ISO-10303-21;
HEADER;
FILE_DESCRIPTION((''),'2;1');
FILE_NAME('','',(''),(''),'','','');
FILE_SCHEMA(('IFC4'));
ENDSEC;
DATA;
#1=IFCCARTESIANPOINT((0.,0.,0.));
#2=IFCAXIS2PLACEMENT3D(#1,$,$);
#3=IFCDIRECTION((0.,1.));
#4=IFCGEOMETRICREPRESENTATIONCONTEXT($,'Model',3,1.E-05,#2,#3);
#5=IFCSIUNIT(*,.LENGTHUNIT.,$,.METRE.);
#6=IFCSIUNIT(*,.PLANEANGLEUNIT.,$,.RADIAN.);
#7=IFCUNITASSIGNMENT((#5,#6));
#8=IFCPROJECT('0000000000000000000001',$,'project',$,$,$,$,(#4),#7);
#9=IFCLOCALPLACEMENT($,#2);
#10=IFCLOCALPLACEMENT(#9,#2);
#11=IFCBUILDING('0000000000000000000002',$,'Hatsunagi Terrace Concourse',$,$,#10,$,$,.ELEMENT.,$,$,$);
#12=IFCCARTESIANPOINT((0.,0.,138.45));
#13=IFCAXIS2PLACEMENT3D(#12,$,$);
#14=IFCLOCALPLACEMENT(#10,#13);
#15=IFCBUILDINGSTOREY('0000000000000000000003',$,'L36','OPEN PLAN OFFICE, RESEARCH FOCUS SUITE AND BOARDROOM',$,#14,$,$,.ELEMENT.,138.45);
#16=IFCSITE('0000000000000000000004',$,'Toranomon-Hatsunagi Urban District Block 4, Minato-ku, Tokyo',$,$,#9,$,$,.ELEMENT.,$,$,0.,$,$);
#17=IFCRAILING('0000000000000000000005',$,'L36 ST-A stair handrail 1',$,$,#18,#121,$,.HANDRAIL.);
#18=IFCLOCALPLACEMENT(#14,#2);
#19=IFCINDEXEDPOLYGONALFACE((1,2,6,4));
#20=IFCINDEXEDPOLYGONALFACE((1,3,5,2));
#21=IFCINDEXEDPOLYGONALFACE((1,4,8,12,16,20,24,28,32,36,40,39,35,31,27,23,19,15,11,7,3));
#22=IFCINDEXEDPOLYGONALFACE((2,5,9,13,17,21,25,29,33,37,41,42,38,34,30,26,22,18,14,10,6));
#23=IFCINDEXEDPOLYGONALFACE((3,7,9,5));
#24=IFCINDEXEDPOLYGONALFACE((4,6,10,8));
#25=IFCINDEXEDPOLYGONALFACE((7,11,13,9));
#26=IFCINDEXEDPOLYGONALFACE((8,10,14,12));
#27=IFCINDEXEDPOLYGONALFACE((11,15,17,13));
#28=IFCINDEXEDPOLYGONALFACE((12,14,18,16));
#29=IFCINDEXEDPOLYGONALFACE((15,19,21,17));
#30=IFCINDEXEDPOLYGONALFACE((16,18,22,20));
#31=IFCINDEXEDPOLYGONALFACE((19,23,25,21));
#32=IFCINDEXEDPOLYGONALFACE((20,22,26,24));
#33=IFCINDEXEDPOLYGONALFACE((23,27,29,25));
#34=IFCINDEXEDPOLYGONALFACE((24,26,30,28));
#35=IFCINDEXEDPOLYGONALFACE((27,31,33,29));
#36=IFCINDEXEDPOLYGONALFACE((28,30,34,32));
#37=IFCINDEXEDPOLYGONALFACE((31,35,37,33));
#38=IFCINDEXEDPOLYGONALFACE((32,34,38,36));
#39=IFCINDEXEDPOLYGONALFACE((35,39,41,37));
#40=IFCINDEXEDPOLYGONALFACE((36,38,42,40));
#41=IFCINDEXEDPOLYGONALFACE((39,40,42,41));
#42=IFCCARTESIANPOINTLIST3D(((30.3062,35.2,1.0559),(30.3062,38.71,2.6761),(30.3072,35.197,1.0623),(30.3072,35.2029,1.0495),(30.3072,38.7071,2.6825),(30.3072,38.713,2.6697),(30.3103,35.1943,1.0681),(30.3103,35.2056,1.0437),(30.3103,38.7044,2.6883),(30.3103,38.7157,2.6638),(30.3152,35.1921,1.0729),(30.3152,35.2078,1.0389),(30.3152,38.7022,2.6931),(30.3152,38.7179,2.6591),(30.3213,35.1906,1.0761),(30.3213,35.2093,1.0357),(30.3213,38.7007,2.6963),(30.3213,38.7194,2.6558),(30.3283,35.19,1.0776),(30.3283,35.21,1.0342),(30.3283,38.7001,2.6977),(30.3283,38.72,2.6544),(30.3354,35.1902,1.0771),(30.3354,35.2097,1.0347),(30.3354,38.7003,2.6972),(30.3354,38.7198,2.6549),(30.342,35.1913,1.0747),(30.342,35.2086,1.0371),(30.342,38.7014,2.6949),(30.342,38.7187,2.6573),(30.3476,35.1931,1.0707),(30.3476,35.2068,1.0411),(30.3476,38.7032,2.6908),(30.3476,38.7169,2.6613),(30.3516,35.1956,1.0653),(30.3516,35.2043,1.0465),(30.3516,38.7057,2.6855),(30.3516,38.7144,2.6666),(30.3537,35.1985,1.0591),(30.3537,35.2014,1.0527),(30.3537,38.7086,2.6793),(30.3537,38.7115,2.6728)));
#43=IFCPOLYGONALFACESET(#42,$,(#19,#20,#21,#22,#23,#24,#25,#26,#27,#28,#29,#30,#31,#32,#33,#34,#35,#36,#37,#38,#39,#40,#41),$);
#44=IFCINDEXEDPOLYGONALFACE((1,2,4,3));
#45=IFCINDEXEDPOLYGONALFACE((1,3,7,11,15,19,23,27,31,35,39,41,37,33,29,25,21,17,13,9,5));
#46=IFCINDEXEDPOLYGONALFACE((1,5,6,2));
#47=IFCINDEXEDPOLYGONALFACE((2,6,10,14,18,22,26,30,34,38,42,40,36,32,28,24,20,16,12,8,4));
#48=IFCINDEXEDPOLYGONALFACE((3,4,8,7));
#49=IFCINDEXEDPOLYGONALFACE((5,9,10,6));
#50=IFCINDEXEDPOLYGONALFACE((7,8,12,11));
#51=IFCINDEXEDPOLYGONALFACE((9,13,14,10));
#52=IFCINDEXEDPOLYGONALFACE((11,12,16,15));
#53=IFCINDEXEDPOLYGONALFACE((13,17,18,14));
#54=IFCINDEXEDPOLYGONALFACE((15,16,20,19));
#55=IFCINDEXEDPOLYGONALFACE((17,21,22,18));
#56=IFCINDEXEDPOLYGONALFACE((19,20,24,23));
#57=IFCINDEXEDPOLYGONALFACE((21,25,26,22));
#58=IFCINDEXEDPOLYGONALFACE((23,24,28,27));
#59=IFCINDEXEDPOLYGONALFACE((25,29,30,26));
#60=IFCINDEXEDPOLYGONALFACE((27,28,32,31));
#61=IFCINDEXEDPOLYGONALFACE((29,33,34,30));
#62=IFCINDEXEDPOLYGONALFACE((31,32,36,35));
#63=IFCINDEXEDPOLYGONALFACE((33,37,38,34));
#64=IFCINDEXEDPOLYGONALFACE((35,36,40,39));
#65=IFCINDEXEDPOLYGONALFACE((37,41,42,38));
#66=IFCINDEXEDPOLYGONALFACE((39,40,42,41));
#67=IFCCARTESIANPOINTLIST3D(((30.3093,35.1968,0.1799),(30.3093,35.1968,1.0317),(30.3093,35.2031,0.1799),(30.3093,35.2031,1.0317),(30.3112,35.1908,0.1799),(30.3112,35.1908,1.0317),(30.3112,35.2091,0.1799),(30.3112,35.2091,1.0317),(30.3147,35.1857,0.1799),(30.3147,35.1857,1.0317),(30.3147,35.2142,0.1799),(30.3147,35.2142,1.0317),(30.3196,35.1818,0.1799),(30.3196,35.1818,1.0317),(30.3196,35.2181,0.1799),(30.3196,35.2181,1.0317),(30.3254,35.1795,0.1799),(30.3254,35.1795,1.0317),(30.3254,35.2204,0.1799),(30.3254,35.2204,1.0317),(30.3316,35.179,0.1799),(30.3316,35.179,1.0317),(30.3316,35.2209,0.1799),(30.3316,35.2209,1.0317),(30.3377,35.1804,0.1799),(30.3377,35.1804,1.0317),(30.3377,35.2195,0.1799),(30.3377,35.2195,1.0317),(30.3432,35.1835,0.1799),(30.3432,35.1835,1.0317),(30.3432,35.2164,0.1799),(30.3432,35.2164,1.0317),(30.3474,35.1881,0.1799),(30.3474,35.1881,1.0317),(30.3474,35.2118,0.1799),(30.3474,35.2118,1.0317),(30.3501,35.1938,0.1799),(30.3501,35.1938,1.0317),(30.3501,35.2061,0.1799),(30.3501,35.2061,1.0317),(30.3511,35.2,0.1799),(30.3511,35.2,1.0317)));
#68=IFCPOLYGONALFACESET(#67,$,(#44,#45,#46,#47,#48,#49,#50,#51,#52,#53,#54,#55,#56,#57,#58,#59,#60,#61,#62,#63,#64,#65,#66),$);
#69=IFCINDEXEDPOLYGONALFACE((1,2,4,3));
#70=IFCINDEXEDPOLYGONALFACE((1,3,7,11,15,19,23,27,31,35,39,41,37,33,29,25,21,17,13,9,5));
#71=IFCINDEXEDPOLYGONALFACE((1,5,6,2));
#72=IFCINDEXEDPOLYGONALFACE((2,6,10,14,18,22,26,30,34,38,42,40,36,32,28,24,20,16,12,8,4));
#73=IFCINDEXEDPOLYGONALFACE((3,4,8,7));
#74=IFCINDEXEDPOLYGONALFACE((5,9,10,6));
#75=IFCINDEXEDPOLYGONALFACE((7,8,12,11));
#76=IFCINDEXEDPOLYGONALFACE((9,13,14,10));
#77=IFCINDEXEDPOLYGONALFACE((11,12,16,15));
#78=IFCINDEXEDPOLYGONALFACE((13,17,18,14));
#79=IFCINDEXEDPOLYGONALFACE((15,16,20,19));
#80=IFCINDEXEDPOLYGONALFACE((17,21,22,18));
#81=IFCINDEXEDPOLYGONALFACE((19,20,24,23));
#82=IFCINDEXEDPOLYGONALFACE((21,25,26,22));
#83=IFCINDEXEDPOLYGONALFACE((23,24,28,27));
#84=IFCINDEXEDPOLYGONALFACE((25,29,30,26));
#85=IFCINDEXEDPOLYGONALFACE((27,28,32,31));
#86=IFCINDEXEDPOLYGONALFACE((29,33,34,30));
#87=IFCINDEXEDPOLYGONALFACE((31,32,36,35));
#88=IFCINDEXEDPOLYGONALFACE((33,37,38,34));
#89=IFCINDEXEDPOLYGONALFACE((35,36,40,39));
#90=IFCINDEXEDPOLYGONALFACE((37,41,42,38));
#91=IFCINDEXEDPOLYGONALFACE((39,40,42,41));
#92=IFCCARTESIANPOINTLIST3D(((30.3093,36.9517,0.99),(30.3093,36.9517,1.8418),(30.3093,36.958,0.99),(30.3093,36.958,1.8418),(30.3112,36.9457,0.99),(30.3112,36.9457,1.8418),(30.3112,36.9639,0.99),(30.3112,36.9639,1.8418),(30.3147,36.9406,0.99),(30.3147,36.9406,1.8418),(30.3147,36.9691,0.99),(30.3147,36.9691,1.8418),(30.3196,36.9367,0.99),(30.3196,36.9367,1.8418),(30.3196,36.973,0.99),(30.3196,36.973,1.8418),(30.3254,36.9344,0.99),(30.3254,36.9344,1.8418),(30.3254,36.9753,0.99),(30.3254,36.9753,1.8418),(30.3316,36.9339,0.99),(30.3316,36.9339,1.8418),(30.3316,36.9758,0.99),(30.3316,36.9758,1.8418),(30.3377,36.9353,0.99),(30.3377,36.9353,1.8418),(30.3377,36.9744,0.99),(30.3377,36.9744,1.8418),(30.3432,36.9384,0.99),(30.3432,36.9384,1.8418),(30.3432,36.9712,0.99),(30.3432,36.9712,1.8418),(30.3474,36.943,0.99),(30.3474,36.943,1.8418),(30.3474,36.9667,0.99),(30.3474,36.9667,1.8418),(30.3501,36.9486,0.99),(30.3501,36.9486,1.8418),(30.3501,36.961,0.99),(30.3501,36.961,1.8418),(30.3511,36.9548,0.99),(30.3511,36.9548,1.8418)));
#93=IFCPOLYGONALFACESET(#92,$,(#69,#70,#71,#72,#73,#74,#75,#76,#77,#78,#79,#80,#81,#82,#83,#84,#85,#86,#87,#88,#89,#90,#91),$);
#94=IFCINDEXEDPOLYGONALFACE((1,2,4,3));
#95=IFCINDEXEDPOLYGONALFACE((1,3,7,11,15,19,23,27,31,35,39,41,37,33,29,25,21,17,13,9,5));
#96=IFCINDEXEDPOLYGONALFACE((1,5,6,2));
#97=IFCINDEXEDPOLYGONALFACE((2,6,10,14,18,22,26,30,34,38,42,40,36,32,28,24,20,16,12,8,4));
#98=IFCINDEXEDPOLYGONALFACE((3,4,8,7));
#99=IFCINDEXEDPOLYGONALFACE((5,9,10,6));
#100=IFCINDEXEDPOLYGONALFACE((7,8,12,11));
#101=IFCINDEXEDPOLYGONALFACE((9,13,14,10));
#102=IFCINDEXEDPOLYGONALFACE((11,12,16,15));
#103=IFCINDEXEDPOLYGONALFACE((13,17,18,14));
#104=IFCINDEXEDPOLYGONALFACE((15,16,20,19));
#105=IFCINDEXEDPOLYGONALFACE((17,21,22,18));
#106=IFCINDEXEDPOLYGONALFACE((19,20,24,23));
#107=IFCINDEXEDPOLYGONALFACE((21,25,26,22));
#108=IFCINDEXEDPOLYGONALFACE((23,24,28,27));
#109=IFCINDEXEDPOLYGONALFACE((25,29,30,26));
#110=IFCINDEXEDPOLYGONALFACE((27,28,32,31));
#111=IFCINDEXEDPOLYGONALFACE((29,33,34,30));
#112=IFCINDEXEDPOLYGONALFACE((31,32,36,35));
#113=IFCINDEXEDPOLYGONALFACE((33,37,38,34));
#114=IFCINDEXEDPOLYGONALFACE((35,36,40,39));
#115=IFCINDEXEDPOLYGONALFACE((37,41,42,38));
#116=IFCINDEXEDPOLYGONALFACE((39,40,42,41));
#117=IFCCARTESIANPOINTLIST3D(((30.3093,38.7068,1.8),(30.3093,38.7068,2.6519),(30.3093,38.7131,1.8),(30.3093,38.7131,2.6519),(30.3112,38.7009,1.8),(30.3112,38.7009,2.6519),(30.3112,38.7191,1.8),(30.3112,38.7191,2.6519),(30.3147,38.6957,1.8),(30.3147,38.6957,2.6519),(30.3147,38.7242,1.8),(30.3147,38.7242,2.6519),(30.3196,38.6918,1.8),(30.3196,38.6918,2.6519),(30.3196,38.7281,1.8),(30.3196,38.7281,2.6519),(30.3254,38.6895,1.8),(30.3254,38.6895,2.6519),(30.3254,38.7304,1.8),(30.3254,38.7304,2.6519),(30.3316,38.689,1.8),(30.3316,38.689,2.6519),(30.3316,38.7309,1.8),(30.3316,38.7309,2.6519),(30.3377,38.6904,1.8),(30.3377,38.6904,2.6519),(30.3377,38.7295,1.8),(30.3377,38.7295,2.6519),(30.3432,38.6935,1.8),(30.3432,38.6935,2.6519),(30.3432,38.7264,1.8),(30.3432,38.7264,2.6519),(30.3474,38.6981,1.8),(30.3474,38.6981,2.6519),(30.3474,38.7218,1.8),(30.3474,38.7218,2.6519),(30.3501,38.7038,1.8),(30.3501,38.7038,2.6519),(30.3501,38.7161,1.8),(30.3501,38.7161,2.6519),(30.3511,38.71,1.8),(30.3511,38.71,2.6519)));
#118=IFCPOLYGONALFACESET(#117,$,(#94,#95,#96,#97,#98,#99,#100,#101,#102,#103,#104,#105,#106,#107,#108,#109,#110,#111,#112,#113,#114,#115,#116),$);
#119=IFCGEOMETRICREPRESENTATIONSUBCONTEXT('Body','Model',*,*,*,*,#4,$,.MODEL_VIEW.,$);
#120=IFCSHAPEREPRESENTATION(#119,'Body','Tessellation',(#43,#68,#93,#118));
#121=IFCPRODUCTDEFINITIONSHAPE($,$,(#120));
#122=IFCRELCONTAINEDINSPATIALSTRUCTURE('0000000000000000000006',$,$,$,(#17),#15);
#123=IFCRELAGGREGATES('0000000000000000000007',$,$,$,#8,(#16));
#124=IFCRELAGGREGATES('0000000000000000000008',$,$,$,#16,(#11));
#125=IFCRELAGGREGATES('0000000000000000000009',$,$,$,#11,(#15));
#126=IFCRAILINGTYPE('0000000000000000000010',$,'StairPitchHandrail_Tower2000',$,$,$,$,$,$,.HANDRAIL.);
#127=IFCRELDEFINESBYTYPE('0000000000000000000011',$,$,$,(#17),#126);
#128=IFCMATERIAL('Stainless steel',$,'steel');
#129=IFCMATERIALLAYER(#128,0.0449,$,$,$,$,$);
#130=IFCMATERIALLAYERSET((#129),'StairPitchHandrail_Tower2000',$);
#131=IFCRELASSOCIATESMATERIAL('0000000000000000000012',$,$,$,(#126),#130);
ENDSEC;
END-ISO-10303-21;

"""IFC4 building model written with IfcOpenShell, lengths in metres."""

from ifc_helpers import new_model, si_unit, direction, frame, origin, origin_2d, place, context, subcontext, project, spatial, circle, extrude, material, layer, layer_set, type_object, element, save


model = new_model("IFC4")

# Units and contexts
model_context = context("Model", 3, precision=1e-05, world=origin(), true_north=direction((0.0, 1.0)))
body_context = subcontext(model_context, "Body", "Model", "MODEL_VIEW")
ifc_project = project(units=[si_unit("LENGTHUNIT", "METRE"), si_unit("PLANEANGLEUNIT", "RADIAN")], contexts=[model_context])

# Site, building, storey
site_placement = place(None, origin())
site = spatial("IfcSite", under=ifc_project, at=site_placement, Name="Toranomon-Hatsunagi Urban District Block 4, Minato-ku, Tokyo", CompositionType="ELEMENT", RefElevation=0.0)
building_placement = place(site_placement, origin())
building = spatial("IfcBuilding", under=site, at=building_placement, Name="Hatsunagi Terrace Concourse", CompositionType="ELEMENT")
storey_placement = place(building_placement, frame((0.0, 0.0, 138.45)))
storey = spatial("IfcBuildingStorey", under=building, at=storey_placement, Name="L36", Description="OPEN PLAN OFFICE, RESEARCH FOCUS SUITE AND BOARDROOM", CompositionType="ELEMENT", Elevation=138.45)

# Railing
ifc_material_1 = material(Name="Stainless steel", Category="steel")
ifc_layer_1 = layer(ifc_material_1, 0.0449)
ifc_layer_set_1 = layer_set([ifc_layer_1], Name="StairPitchHandrail_Tower2000")
railing_type_1 = type_object("IfcRailingType", Name="StairPitchHandrail_Tower2000", PredefinedType="HANDRAIL", material=ifc_layer_set_1)
railing_1_placement = place(storey_placement, frame((30.3301, 35.2, 0.1799)))
element("IfcRailing", 1, at=railing_1_placement, inside=storey, type_object=railing_type_1, Name="L36 ST-A stair handrail 1", PredefinedType="HANDRAIL", context=body_context, shape_type="SweptSolid", body=[
    extrude(circle(Radius=0.0239, at=origin_2d()), frame((0.0, 0.0, 0.876), z_axis=(0.0, 0.907948, 0.419082), x_axis=(-1.0, 0.0, 0.0)), (0.0, 0.0, 1.0), 3.866),
    extrude(circle(Radius=0.021, at=origin_2d()), origin(), (0.0, 0.0, 1.0), 0.8518),
    extrude(circle(Radius=0.021, at=origin_2d()), frame((0.0, 1.7549, 0.8101)), (0.0, 0.0, 1.0), 0.8518),
    extrude(circle(Radius=0.021, at=origin_2d()), frame((0.0, 3.51, 1.6201)), (0.0, 0.0, 1.0), 0.8518),
])

save(model, "model.ifc")
